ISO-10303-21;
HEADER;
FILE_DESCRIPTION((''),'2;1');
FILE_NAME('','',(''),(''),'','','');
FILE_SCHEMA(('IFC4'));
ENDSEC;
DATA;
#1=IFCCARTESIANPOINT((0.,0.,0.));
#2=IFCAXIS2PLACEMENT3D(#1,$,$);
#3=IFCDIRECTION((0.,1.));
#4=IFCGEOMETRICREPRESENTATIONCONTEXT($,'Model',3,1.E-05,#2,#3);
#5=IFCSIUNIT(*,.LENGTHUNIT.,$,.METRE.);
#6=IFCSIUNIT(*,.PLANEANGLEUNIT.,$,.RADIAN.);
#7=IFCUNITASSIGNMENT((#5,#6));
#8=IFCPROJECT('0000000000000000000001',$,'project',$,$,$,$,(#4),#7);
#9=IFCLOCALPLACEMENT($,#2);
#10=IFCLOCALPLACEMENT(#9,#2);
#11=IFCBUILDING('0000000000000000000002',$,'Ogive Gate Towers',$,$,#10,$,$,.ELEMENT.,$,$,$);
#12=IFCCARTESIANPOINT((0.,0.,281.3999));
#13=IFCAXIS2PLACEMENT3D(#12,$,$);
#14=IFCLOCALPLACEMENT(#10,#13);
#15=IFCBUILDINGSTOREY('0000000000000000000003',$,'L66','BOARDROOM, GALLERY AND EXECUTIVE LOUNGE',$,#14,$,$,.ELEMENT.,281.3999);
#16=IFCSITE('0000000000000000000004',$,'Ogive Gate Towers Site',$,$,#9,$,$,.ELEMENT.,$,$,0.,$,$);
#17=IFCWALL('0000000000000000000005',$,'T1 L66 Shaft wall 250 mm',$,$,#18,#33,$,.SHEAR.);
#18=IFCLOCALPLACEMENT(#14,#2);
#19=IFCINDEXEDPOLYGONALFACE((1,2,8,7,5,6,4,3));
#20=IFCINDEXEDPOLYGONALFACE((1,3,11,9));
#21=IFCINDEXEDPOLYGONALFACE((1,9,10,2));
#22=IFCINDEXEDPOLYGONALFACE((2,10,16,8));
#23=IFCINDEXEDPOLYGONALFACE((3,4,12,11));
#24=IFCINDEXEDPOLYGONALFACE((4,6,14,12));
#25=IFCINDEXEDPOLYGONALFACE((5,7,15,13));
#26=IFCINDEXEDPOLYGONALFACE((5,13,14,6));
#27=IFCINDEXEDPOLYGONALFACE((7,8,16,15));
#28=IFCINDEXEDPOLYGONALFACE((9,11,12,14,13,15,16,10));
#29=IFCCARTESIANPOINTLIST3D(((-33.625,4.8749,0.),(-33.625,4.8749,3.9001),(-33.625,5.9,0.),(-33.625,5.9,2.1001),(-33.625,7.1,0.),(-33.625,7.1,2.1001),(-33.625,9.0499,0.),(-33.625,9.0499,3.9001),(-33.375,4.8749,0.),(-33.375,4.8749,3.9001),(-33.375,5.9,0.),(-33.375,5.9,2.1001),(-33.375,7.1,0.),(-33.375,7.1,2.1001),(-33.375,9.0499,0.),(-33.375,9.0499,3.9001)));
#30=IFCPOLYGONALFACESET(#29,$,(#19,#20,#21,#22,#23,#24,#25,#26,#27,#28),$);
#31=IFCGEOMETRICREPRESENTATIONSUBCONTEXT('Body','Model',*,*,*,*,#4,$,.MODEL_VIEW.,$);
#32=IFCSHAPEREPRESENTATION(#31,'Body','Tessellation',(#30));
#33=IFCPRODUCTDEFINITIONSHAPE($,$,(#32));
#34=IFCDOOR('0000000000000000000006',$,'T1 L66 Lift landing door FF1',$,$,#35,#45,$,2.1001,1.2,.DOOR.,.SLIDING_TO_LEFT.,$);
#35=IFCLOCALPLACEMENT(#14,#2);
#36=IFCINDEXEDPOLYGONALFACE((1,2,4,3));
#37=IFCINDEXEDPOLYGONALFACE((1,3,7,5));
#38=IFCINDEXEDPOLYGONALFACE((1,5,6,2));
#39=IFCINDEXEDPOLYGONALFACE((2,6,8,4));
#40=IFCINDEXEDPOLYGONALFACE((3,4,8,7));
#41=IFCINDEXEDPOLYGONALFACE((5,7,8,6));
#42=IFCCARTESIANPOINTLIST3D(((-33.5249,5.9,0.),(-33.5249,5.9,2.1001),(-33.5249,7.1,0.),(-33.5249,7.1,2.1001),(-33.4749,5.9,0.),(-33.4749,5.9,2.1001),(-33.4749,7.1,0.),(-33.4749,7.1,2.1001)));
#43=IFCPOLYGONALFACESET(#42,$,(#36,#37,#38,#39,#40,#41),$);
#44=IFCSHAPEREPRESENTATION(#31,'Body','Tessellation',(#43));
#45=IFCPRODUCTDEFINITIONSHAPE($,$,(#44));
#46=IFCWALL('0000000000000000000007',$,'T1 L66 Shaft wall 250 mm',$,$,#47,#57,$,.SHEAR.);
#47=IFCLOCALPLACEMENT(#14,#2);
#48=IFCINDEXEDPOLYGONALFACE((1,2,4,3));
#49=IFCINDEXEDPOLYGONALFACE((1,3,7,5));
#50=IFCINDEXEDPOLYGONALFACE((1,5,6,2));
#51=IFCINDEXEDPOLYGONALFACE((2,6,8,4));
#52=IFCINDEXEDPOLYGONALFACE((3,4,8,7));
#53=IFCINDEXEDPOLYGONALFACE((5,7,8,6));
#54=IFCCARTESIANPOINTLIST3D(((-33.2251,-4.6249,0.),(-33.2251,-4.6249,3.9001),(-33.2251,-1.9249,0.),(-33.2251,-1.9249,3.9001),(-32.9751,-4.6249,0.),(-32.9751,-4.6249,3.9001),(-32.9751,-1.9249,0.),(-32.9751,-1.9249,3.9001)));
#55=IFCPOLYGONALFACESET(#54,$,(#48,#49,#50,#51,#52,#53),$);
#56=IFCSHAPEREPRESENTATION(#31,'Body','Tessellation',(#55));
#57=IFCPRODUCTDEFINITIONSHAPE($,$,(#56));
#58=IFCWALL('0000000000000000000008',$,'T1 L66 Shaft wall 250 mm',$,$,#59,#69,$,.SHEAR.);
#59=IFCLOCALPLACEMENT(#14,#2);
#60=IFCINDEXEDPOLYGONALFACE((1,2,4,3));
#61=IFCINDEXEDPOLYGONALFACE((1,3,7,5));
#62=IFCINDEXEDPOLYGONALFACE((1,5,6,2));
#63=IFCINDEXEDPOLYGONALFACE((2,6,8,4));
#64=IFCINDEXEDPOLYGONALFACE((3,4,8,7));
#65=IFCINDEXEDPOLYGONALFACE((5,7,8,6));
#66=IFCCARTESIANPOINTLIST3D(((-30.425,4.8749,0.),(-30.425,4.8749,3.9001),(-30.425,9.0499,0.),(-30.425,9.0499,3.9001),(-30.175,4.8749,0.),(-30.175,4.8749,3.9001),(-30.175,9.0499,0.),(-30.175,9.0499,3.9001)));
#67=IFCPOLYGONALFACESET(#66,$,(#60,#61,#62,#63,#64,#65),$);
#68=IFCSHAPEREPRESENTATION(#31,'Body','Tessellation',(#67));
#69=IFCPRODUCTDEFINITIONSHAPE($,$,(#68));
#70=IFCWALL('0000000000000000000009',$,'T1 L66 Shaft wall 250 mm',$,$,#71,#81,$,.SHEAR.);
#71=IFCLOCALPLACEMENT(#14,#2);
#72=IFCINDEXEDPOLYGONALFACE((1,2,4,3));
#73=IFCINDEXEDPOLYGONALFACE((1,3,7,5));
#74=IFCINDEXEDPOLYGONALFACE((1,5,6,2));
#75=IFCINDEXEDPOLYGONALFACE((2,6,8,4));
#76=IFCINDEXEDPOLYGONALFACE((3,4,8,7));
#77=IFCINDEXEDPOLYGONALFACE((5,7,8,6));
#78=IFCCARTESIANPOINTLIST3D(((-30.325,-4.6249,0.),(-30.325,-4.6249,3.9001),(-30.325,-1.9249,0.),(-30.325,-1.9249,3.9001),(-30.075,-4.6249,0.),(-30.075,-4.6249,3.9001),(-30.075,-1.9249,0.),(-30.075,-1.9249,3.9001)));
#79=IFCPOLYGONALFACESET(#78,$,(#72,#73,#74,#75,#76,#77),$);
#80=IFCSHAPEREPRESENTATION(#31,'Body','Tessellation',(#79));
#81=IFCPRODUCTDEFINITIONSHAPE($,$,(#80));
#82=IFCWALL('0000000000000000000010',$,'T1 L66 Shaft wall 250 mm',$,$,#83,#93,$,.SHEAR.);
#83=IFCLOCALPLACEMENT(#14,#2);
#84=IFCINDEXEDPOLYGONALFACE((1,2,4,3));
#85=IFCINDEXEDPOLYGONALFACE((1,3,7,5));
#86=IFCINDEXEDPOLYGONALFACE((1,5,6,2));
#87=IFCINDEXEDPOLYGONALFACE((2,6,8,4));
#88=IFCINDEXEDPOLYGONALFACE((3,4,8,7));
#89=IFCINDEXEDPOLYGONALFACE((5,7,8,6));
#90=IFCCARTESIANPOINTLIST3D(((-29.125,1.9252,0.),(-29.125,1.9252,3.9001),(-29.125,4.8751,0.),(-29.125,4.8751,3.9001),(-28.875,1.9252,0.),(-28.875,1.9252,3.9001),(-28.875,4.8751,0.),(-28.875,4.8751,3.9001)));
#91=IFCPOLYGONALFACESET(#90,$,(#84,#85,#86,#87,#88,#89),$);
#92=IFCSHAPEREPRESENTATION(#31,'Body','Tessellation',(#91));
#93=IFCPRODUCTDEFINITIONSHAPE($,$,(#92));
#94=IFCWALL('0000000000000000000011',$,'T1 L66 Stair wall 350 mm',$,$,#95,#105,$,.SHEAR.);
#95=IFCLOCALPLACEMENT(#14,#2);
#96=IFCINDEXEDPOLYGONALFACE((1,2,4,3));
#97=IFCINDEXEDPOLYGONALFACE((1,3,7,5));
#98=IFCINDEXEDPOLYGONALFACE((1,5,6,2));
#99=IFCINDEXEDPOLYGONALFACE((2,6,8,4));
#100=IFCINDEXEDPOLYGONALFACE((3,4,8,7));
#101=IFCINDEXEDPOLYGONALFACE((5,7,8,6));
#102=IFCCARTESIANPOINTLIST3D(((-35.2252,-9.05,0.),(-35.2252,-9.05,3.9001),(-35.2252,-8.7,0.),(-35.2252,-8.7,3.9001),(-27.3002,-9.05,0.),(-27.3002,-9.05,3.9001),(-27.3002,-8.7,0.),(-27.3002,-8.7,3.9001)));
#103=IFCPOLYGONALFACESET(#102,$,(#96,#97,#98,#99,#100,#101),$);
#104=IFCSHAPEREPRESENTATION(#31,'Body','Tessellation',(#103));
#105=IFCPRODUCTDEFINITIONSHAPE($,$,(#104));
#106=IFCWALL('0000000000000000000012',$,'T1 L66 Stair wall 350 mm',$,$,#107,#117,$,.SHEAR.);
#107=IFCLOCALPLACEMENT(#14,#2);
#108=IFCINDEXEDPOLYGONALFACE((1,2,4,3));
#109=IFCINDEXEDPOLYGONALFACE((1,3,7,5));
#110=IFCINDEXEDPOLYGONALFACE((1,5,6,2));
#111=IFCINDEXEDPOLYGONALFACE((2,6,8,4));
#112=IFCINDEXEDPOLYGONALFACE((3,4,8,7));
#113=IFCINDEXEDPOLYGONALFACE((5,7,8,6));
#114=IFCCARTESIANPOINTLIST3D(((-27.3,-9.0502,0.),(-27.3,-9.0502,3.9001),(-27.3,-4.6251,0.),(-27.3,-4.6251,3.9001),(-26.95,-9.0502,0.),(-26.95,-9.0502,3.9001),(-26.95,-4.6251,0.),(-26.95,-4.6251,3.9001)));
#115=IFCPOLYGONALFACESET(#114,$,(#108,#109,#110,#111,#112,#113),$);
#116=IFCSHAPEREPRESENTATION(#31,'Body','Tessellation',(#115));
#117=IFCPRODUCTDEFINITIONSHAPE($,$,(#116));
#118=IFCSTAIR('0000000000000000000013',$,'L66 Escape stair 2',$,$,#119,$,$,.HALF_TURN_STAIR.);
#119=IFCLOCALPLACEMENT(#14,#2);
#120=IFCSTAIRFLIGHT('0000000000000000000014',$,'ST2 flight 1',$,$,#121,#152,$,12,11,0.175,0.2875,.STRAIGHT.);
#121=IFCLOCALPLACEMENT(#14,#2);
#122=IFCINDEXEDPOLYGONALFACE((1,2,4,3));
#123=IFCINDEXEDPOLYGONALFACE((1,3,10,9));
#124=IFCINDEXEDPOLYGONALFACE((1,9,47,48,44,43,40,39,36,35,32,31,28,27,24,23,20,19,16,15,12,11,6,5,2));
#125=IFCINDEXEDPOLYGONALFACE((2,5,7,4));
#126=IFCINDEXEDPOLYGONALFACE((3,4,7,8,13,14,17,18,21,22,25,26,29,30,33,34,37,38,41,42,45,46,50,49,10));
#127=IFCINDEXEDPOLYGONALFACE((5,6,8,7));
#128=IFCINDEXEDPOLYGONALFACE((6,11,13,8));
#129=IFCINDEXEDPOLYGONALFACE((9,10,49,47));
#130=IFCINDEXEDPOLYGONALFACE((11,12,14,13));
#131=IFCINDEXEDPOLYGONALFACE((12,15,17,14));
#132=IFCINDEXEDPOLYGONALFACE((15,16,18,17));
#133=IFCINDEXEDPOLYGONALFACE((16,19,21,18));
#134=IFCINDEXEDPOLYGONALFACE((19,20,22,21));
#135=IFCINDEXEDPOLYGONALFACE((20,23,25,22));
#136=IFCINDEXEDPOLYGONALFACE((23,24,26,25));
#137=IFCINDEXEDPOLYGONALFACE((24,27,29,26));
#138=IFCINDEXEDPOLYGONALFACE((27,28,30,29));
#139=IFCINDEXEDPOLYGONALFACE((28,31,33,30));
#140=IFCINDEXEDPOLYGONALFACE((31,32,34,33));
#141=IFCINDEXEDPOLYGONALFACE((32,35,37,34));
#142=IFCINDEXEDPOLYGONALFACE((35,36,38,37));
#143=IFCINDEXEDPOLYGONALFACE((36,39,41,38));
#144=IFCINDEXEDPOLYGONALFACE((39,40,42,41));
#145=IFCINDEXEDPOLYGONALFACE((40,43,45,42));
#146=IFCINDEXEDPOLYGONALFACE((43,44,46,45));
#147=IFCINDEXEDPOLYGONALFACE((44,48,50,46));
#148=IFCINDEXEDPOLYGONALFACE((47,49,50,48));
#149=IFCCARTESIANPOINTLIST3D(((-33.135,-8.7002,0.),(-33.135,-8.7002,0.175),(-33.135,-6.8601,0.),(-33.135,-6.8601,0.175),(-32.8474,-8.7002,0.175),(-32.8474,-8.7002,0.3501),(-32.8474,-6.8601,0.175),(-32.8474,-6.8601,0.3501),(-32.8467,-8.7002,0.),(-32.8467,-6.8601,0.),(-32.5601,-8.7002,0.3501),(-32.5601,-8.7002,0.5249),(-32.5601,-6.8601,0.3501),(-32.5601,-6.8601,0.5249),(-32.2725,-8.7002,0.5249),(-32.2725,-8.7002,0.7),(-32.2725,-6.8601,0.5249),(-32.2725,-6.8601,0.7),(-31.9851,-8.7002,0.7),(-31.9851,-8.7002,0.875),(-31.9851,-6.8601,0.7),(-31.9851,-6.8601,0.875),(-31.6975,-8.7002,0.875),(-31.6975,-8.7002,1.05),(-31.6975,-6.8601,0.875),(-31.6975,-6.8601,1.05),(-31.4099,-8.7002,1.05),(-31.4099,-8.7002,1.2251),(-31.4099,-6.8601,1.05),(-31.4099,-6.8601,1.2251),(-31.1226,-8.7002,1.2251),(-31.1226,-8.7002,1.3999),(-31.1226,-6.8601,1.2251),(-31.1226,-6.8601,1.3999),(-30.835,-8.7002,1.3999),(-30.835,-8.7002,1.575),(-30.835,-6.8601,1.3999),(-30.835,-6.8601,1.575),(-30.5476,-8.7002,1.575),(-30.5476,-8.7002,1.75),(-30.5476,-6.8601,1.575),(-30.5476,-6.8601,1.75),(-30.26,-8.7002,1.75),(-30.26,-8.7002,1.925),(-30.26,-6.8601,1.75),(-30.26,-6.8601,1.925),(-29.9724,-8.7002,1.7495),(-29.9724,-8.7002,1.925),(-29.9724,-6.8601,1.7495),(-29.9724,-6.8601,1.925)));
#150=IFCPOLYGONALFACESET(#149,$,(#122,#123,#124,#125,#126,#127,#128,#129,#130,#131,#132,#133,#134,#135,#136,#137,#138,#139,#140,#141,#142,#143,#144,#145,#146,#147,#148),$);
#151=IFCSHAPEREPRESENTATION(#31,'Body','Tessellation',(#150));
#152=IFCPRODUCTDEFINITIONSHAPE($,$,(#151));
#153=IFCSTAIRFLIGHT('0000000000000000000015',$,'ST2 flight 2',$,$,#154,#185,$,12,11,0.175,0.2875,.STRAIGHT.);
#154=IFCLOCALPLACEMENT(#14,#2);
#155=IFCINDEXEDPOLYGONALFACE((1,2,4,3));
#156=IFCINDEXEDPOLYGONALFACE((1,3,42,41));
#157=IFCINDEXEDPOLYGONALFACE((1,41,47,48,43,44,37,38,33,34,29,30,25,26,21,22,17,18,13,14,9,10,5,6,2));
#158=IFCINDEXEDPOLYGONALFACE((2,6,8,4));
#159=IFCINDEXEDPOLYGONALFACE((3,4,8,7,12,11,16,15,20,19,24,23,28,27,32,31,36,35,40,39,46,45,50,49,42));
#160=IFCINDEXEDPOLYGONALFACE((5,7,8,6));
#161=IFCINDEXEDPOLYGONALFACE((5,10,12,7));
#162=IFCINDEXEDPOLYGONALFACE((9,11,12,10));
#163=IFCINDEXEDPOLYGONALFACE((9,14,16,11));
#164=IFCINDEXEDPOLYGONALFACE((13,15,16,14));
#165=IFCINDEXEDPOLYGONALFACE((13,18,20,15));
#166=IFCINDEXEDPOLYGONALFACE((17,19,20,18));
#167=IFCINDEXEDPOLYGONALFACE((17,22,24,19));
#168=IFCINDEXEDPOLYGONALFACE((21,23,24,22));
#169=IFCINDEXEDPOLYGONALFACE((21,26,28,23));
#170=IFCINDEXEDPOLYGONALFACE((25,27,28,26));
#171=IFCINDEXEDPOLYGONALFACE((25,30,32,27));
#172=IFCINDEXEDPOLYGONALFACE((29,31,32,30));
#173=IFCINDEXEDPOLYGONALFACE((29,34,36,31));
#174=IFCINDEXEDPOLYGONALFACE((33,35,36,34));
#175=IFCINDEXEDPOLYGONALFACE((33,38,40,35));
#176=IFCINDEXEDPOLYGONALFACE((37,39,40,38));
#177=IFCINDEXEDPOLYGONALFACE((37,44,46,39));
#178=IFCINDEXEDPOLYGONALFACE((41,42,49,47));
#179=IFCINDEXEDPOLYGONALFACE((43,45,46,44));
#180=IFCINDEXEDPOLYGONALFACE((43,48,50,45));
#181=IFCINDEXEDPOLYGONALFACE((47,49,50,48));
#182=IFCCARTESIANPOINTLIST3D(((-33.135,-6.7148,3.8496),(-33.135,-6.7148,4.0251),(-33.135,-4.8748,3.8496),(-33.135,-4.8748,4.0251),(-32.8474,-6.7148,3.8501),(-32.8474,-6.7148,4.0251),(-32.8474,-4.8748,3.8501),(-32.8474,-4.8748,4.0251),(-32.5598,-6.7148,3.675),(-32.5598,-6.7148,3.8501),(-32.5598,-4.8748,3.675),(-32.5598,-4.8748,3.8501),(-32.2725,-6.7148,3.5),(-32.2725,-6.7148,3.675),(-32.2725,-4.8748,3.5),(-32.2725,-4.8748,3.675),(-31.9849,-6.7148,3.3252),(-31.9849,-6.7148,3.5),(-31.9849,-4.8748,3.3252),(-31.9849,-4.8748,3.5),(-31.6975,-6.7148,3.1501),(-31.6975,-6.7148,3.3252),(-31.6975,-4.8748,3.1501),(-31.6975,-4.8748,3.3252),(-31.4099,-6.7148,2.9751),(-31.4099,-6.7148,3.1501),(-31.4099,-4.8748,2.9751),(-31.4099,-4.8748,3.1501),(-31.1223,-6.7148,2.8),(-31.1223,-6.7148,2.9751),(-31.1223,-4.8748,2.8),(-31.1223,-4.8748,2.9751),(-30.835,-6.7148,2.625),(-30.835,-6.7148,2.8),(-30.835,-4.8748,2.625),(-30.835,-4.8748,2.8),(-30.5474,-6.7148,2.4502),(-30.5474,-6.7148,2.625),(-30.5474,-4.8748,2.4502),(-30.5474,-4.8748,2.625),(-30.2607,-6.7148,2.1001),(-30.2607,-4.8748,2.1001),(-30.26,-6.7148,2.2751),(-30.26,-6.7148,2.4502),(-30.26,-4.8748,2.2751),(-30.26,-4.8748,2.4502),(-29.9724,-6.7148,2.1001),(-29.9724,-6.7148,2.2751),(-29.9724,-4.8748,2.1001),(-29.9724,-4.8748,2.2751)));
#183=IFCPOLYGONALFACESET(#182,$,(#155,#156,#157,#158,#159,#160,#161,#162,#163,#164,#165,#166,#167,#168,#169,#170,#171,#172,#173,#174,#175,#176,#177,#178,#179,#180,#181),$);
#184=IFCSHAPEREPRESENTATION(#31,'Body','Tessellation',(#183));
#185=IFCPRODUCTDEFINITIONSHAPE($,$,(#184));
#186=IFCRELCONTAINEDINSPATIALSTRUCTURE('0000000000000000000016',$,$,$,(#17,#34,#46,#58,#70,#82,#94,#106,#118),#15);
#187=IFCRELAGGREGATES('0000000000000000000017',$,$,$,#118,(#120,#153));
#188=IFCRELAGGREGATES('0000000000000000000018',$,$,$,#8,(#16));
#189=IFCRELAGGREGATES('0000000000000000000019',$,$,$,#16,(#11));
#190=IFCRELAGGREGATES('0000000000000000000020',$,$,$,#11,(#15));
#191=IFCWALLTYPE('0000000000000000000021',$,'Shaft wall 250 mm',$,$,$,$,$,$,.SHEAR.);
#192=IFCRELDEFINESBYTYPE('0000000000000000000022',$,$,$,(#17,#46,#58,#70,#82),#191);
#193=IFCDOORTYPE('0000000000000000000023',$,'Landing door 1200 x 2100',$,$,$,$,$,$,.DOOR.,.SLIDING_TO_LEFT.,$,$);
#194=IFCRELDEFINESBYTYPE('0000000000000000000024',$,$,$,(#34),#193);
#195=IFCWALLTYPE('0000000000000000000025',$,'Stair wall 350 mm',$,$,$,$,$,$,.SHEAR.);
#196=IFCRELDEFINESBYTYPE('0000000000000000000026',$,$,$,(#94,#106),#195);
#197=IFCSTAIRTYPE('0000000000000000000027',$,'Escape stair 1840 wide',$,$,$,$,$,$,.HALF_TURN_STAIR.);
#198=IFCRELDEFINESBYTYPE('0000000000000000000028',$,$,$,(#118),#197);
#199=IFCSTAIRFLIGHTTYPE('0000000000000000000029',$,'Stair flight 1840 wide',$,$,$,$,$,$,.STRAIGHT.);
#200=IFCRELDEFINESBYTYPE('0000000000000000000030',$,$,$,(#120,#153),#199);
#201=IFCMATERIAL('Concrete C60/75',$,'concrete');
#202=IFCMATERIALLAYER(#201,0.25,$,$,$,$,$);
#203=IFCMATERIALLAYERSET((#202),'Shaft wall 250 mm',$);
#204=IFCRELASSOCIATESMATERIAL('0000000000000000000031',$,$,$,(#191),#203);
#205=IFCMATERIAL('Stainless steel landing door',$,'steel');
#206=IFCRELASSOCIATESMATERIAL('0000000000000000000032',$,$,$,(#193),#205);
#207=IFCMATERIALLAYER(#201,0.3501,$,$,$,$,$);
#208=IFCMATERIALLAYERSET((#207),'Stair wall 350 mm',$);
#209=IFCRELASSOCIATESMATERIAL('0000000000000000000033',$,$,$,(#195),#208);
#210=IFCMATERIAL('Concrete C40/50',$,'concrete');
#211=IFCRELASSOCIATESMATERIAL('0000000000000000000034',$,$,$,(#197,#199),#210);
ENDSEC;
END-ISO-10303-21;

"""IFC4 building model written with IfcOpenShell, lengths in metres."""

from ifc_helpers import new_model, si_unit, direction, frame, frame_2d, origin, place, context, subcontext, project, spatial, polyline, rectangle, outline, extrude, material, layer, layer_set, type_object, element, fill, aggregate, save


model = new_model("IFC4")

# Units and contexts
model_context = context("Model", 3, precision=1e-05, world=origin(), true_north=direction((0.0, 1.0)))
body_context = subcontext(model_context, "Body", "Model", "MODEL_VIEW")
ifc_project = project(units=[si_unit("LENGTHUNIT", "METRE"), si_unit("PLANEANGLEUNIT", "RADIAN")], contexts=[model_context])

# Site, building, storey
site_placement = place(None, origin())
site = spatial("IfcSite", under=ifc_project, at=site_placement, Name="Ogive Gate Towers Site", CompositionType="ELEMENT", RefElevation=0.0)
building_placement = place(site_placement, origin())
building = spatial("IfcBuilding", under=site, at=building_placement, Name="Ogive Gate Towers", CompositionType="ELEMENT")
storey_placement = place(building_placement, frame((0.0, 0.0, 281.3999)))
storey = spatial("IfcBuildingStorey", under=building, at=storey_placement, Name="L66", Description="BOARDROOM, GALLERY AND EXECUTIVE LOUNGE", CompositionType="ELEMENT", Elevation=281.3999)

# Shared definitions
ifc_material_1 = material(Name="Concrete C60/75", Category="concrete")
ifc_layer_1 = layer(ifc_material_1, 0.25)
ifc_layer_set_1 = layer_set([ifc_layer_1], Name="Shaft wall 250 mm")
wall_type_1 = type_object("IfcWallType", Name="Shaft wall 250 mm", PredefinedType="SHEAR", material=ifc_layer_set_1)

# Wall, opening, door
wall_1_placement = place(storey_placement, frame((-33.5, 4.875, 0.0), z_axis=(0.0, 0.0, 1.0), x_axis=(0.0, 1.0, 0.0)))
wall_1 = element("IfcWall", 1, at=wall_1_placement, inside=storey, type_object=wall_type_1, Name="T1 L66 Shaft wall 250 mm", PredefinedType="SHEAR", context=body_context, shape_type="SweptSolid", body=[
    extrude(rectangle(XDim=4.175, YDim=0.25, at=frame_2d((2.0874, 0.0))), origin(), (0.0, 0.0, 1.0), 3.9001),
])
opening_1_placement = place(wall_1_placement, frame((1.0249, 0.0, 0.0)))
opening_1 = element("IfcOpeningElement", 2, at=opening_1_placement, cuts=wall_1, PredefinedType="OPENING", context=body_context, shape_type="SweptSolid", body=[
    extrude(rectangle(XDim=1.2, YDim=2.1001, at=frame_2d((0.6001, 1.05))), frame((0.0, 0.135, 0.0), z_axis=(0.0, -1.0, 0.0), x_axis=(1.0, 0.0, 0.0)), (0.0, 0.0, 1.0), 0.27),
])
ifc_material_2 = material(Name="Stainless steel landing door", Category="steel")
door_type_1 = type_object("IfcDoorType", Name="Landing door 1200 x 2100", OperationType="SLIDING_TO_LEFT", PredefinedType="DOOR", material=ifc_material_2)
door_1_placement = place(opening_1_placement, origin())
door_1 = element("IfcDoor", 3, at=door_1_placement, inside=storey, type_object=door_type_1, Name="T1 L66 Lift landing door FF1", OperationType="SLIDING_TO_LEFT", OverallHeight=2.1001, OverallWidth=1.2, PredefinedType="DOOR", context=body_context, shape_type="SweptSolid", body=[
    extrude(rectangle(XDim=1.2, YDim=2.1001, at=frame_2d((0.6001, 1.05))), frame((0.0, 0.0249, 0.0), z_axis=(0.0, -1.0, 0.0), x_axis=(1.0, 0.0, 0.0)), (0.0, 0.0, 1.0), 0.05),
])
fill(opening_1, door_1)

# Walls
wall_2_placement = place(storey_placement, frame((-33.1001, -4.625, 0.0), z_axis=(0.0, 0.0, 1.0), x_axis=(0.0, 1.0, 0.0)))
element("IfcWall", 4, at=wall_2_placement, inside=storey, type_object=wall_type_1, Name="T1 L66 Shaft wall 250 mm", PredefinedType="SHEAR", context=body_context, shape_type="SweptSolid", body=[
    extrude(rectangle(XDim=2.7, YDim=0.25, at=frame_2d((1.3501, 0.0))), origin(), (0.0, 0.0, 1.0), 3.9001),
])
wall_3_placement = place(storey_placement, frame((-30.3, 4.875, 0.0), z_axis=(0.0, 0.0, 1.0), x_axis=(0.0, 1.0, 0.0)))
element("IfcWall", 5, at=wall_3_placement, inside=storey, type_object=wall_type_1, Name="T1 L66 Shaft wall 250 mm", PredefinedType="SHEAR", context=body_context, shape_type="SweptSolid", body=[
    extrude(rectangle(XDim=4.175, YDim=0.25, at=frame_2d((2.0874, 0.0))), origin(), (0.0, 0.0, 1.0), 3.9001),
])
wall_4_placement = place(storey_placement, frame((-30.2, -4.625, 0.0), z_axis=(0.0, 0.0, 1.0), x_axis=(0.0, 1.0, 0.0)))
element("IfcWall", 6, at=wall_4_placement, inside=storey, type_object=wall_type_1, Name="T1 L66 Shaft wall 250 mm", PredefinedType="SHEAR", context=body_context, shape_type="SweptSolid", body=[
    extrude(rectangle(XDim=2.7, YDim=0.25, at=frame_2d((1.3501, 0.0))), origin(), (0.0, 0.0, 1.0), 3.9001),
])
wall_5_placement = place(storey_placement, frame((-29.0, 1.925, 0.0), z_axis=(0.0, 0.0, 1.0), x_axis=(0.0, 1.0, 0.0)))
element("IfcWall", 7, at=wall_5_placement, inside=storey, type_object=wall_type_1, Name="T1 L66 Shaft wall 250 mm", PredefinedType="SHEAR", context=body_context, shape_type="SweptSolid", body=[
    extrude(rectangle(XDim=2.95, YDim=0.25, at=frame_2d((1.4751, 0.0))), origin(), (0.0, 0.0, 1.0), 3.9001),
])
ifc_layer_2 = layer(ifc_material_1, 0.3501)
ifc_layer_set_2 = layer_set([ifc_layer_2], Name="Stair wall 350 mm")
wall_type_2 = type_object("IfcWallType", Name="Stair wall 350 mm", PredefinedType="SHEAR", material=ifc_layer_set_2)
wall_6_placement = place(storey_placement, frame((-35.2251, -8.875, 0.0), z_axis=(0.0, 0.0, 1.0), x_axis=(1.0, 0.0, 0.0)))
element("IfcWall", 8, at=wall_6_placement, inside=storey, type_object=wall_type_2, Name="T1 L66 Stair wall 350 mm", PredefinedType="SHEAR", context=body_context, shape_type="SweptSolid", body=[
    extrude(rectangle(XDim=7.925, YDim=0.3501, at=frame_2d((3.9624, 0.0))), origin(), (0.0, 0.0, 1.0), 3.9001),
])
wall_7_placement = place(storey_placement, frame((-27.125, -9.05, 0.0), z_axis=(0.0, 0.0, 1.0), x_axis=(0.0, 1.0, 0.0)))
element("IfcWall", 9, at=wall_7_placement, inside=storey, type_object=wall_type_2, Name="T1 L66 Stair wall 350 mm", PredefinedType="SHEAR", context=body_context, shape_type="SweptSolid", body=[
    extrude(rectangle(XDim=4.425, YDim=0.3501, at=frame_2d((2.2124, 0.0))), origin(), (0.0, 0.0, 1.0), 3.9001),
])

# Stair, stair flights
ifc_material_3 = material(Name="Concrete C40/50", Category="concrete")
stair_type = type_object("IfcStairType", Name="Escape stair 1840 wide", PredefinedType="HALF_TURN_STAIR", material=ifc_material_3)
stair_placement = place(storey_placement, origin())
stair = element("IfcStair", 10, at=stair_placement, inside=storey, type_object=stair_type, Name="L66 Escape stair 2", PredefinedType="HALF_TURN_STAIR")
stair_flight_type = type_object("IfcStairFlightType", Name="Stair flight 1840 wide", PredefinedType="STRAIGHT", material=ifc_material_3)
stair_flight_1_placement = place(storey_placement, frame((-33.135, -7.78, 0.0), z_axis=(0.0, 0.0, 1.0), x_axis=(1.0, 0.0, 0.0)))
stair_flight_1 = element("IfcStairFlight", 11, at=stair_flight_1_placement, type_object=stair_flight_type, Name="ST2 flight 1", NumberOfRisers=12, NumberOfTreads=11, PredefinedType="STRAIGHT", RiserHeight=0.175, TreadLength=0.2875, context=body_context, shape_type="SweptSolid", body=[
    extrude(outline(polyline([(0.0, 0.0), (0.0, 0.175), (0.2876, 0.175), (0.2876, 0.3501), (0.575, 0.3501), (0.575, 0.5249), (0.8625, 0.5249), (0.8625, 0.7), (1.1499, 0.7), (1.1499, 0.875), (1.4375, 0.875), (1.4375, 1.05), (1.7251, 1.05), (1.7251, 1.2251), (2.0125, 1.2251), (2.0125, 1.3999), (2.3, 1.3999), (2.3, 1.575), (2.5874, 1.575), (2.5874, 1.75), (2.875, 1.75), (2.875, 1.925), (3.1626, 1.925), (3.1626, 2.1001), (3.1626, 1.7495), (0.2883, 0.0), (0.0, 0.0)])), frame((0.0, 0.9199, 0.0), z_axis=(0.0, -1.0, 0.0), x_axis=(1.0, 0.0, 0.0)), (0.0, 0.0, 1.0), 1.8401),
])
stair_flight_2_placement = place(storey_placement, frame((-29.9724, -5.7949, 2.1001), z_axis=(0.0, 0.0, 1.0), x_axis=(-1.0, 0.0, 0.0)))
stair_flight_2 = element("IfcStairFlight", 12, at=stair_flight_2_placement, type_object=stair_flight_type, Name="ST2 flight 2", NumberOfRisers=12, NumberOfTreads=11, PredefinedType="STRAIGHT", RiserHeight=0.175, TreadLength=0.2875, context=body_context, shape_type="SweptSolid", body=[
    extrude(outline(polyline([(0.0, 0.0), (0.0, 0.175), (0.2876, 0.175), (0.2876, 0.3501), (0.575, 0.3501), (0.575, 0.5249), (0.8625, 0.5249), (0.8625, 0.7), (1.1499, 0.7), (1.1499, 0.875), (1.4375, 0.875), (1.4375, 1.05), (1.7251, 1.05), (1.7251, 1.2251), (2.0125, 1.2251), (2.0125, 1.3999), (2.3, 1.3999), (2.3, 1.575), (2.5874, 1.575), (2.5874, 1.75), (2.875, 1.75), (2.875, 1.925), (3.1626, 1.925), (3.1626, 2.1001), (3.1626, 1.7495), (0.2883, 0.0), (0.0, 0.0)])), frame((0.0, 0.9199, 0.0), z_axis=(0.0, -1.0, 0.0), x_axis=(1.0, 0.0, 0.0)), (0.0, 0.0, 1.0), 1.8401),
])
aggregate(stair, [stair_flight_1, stair_flight_2])

save(model, "model.ifc")
